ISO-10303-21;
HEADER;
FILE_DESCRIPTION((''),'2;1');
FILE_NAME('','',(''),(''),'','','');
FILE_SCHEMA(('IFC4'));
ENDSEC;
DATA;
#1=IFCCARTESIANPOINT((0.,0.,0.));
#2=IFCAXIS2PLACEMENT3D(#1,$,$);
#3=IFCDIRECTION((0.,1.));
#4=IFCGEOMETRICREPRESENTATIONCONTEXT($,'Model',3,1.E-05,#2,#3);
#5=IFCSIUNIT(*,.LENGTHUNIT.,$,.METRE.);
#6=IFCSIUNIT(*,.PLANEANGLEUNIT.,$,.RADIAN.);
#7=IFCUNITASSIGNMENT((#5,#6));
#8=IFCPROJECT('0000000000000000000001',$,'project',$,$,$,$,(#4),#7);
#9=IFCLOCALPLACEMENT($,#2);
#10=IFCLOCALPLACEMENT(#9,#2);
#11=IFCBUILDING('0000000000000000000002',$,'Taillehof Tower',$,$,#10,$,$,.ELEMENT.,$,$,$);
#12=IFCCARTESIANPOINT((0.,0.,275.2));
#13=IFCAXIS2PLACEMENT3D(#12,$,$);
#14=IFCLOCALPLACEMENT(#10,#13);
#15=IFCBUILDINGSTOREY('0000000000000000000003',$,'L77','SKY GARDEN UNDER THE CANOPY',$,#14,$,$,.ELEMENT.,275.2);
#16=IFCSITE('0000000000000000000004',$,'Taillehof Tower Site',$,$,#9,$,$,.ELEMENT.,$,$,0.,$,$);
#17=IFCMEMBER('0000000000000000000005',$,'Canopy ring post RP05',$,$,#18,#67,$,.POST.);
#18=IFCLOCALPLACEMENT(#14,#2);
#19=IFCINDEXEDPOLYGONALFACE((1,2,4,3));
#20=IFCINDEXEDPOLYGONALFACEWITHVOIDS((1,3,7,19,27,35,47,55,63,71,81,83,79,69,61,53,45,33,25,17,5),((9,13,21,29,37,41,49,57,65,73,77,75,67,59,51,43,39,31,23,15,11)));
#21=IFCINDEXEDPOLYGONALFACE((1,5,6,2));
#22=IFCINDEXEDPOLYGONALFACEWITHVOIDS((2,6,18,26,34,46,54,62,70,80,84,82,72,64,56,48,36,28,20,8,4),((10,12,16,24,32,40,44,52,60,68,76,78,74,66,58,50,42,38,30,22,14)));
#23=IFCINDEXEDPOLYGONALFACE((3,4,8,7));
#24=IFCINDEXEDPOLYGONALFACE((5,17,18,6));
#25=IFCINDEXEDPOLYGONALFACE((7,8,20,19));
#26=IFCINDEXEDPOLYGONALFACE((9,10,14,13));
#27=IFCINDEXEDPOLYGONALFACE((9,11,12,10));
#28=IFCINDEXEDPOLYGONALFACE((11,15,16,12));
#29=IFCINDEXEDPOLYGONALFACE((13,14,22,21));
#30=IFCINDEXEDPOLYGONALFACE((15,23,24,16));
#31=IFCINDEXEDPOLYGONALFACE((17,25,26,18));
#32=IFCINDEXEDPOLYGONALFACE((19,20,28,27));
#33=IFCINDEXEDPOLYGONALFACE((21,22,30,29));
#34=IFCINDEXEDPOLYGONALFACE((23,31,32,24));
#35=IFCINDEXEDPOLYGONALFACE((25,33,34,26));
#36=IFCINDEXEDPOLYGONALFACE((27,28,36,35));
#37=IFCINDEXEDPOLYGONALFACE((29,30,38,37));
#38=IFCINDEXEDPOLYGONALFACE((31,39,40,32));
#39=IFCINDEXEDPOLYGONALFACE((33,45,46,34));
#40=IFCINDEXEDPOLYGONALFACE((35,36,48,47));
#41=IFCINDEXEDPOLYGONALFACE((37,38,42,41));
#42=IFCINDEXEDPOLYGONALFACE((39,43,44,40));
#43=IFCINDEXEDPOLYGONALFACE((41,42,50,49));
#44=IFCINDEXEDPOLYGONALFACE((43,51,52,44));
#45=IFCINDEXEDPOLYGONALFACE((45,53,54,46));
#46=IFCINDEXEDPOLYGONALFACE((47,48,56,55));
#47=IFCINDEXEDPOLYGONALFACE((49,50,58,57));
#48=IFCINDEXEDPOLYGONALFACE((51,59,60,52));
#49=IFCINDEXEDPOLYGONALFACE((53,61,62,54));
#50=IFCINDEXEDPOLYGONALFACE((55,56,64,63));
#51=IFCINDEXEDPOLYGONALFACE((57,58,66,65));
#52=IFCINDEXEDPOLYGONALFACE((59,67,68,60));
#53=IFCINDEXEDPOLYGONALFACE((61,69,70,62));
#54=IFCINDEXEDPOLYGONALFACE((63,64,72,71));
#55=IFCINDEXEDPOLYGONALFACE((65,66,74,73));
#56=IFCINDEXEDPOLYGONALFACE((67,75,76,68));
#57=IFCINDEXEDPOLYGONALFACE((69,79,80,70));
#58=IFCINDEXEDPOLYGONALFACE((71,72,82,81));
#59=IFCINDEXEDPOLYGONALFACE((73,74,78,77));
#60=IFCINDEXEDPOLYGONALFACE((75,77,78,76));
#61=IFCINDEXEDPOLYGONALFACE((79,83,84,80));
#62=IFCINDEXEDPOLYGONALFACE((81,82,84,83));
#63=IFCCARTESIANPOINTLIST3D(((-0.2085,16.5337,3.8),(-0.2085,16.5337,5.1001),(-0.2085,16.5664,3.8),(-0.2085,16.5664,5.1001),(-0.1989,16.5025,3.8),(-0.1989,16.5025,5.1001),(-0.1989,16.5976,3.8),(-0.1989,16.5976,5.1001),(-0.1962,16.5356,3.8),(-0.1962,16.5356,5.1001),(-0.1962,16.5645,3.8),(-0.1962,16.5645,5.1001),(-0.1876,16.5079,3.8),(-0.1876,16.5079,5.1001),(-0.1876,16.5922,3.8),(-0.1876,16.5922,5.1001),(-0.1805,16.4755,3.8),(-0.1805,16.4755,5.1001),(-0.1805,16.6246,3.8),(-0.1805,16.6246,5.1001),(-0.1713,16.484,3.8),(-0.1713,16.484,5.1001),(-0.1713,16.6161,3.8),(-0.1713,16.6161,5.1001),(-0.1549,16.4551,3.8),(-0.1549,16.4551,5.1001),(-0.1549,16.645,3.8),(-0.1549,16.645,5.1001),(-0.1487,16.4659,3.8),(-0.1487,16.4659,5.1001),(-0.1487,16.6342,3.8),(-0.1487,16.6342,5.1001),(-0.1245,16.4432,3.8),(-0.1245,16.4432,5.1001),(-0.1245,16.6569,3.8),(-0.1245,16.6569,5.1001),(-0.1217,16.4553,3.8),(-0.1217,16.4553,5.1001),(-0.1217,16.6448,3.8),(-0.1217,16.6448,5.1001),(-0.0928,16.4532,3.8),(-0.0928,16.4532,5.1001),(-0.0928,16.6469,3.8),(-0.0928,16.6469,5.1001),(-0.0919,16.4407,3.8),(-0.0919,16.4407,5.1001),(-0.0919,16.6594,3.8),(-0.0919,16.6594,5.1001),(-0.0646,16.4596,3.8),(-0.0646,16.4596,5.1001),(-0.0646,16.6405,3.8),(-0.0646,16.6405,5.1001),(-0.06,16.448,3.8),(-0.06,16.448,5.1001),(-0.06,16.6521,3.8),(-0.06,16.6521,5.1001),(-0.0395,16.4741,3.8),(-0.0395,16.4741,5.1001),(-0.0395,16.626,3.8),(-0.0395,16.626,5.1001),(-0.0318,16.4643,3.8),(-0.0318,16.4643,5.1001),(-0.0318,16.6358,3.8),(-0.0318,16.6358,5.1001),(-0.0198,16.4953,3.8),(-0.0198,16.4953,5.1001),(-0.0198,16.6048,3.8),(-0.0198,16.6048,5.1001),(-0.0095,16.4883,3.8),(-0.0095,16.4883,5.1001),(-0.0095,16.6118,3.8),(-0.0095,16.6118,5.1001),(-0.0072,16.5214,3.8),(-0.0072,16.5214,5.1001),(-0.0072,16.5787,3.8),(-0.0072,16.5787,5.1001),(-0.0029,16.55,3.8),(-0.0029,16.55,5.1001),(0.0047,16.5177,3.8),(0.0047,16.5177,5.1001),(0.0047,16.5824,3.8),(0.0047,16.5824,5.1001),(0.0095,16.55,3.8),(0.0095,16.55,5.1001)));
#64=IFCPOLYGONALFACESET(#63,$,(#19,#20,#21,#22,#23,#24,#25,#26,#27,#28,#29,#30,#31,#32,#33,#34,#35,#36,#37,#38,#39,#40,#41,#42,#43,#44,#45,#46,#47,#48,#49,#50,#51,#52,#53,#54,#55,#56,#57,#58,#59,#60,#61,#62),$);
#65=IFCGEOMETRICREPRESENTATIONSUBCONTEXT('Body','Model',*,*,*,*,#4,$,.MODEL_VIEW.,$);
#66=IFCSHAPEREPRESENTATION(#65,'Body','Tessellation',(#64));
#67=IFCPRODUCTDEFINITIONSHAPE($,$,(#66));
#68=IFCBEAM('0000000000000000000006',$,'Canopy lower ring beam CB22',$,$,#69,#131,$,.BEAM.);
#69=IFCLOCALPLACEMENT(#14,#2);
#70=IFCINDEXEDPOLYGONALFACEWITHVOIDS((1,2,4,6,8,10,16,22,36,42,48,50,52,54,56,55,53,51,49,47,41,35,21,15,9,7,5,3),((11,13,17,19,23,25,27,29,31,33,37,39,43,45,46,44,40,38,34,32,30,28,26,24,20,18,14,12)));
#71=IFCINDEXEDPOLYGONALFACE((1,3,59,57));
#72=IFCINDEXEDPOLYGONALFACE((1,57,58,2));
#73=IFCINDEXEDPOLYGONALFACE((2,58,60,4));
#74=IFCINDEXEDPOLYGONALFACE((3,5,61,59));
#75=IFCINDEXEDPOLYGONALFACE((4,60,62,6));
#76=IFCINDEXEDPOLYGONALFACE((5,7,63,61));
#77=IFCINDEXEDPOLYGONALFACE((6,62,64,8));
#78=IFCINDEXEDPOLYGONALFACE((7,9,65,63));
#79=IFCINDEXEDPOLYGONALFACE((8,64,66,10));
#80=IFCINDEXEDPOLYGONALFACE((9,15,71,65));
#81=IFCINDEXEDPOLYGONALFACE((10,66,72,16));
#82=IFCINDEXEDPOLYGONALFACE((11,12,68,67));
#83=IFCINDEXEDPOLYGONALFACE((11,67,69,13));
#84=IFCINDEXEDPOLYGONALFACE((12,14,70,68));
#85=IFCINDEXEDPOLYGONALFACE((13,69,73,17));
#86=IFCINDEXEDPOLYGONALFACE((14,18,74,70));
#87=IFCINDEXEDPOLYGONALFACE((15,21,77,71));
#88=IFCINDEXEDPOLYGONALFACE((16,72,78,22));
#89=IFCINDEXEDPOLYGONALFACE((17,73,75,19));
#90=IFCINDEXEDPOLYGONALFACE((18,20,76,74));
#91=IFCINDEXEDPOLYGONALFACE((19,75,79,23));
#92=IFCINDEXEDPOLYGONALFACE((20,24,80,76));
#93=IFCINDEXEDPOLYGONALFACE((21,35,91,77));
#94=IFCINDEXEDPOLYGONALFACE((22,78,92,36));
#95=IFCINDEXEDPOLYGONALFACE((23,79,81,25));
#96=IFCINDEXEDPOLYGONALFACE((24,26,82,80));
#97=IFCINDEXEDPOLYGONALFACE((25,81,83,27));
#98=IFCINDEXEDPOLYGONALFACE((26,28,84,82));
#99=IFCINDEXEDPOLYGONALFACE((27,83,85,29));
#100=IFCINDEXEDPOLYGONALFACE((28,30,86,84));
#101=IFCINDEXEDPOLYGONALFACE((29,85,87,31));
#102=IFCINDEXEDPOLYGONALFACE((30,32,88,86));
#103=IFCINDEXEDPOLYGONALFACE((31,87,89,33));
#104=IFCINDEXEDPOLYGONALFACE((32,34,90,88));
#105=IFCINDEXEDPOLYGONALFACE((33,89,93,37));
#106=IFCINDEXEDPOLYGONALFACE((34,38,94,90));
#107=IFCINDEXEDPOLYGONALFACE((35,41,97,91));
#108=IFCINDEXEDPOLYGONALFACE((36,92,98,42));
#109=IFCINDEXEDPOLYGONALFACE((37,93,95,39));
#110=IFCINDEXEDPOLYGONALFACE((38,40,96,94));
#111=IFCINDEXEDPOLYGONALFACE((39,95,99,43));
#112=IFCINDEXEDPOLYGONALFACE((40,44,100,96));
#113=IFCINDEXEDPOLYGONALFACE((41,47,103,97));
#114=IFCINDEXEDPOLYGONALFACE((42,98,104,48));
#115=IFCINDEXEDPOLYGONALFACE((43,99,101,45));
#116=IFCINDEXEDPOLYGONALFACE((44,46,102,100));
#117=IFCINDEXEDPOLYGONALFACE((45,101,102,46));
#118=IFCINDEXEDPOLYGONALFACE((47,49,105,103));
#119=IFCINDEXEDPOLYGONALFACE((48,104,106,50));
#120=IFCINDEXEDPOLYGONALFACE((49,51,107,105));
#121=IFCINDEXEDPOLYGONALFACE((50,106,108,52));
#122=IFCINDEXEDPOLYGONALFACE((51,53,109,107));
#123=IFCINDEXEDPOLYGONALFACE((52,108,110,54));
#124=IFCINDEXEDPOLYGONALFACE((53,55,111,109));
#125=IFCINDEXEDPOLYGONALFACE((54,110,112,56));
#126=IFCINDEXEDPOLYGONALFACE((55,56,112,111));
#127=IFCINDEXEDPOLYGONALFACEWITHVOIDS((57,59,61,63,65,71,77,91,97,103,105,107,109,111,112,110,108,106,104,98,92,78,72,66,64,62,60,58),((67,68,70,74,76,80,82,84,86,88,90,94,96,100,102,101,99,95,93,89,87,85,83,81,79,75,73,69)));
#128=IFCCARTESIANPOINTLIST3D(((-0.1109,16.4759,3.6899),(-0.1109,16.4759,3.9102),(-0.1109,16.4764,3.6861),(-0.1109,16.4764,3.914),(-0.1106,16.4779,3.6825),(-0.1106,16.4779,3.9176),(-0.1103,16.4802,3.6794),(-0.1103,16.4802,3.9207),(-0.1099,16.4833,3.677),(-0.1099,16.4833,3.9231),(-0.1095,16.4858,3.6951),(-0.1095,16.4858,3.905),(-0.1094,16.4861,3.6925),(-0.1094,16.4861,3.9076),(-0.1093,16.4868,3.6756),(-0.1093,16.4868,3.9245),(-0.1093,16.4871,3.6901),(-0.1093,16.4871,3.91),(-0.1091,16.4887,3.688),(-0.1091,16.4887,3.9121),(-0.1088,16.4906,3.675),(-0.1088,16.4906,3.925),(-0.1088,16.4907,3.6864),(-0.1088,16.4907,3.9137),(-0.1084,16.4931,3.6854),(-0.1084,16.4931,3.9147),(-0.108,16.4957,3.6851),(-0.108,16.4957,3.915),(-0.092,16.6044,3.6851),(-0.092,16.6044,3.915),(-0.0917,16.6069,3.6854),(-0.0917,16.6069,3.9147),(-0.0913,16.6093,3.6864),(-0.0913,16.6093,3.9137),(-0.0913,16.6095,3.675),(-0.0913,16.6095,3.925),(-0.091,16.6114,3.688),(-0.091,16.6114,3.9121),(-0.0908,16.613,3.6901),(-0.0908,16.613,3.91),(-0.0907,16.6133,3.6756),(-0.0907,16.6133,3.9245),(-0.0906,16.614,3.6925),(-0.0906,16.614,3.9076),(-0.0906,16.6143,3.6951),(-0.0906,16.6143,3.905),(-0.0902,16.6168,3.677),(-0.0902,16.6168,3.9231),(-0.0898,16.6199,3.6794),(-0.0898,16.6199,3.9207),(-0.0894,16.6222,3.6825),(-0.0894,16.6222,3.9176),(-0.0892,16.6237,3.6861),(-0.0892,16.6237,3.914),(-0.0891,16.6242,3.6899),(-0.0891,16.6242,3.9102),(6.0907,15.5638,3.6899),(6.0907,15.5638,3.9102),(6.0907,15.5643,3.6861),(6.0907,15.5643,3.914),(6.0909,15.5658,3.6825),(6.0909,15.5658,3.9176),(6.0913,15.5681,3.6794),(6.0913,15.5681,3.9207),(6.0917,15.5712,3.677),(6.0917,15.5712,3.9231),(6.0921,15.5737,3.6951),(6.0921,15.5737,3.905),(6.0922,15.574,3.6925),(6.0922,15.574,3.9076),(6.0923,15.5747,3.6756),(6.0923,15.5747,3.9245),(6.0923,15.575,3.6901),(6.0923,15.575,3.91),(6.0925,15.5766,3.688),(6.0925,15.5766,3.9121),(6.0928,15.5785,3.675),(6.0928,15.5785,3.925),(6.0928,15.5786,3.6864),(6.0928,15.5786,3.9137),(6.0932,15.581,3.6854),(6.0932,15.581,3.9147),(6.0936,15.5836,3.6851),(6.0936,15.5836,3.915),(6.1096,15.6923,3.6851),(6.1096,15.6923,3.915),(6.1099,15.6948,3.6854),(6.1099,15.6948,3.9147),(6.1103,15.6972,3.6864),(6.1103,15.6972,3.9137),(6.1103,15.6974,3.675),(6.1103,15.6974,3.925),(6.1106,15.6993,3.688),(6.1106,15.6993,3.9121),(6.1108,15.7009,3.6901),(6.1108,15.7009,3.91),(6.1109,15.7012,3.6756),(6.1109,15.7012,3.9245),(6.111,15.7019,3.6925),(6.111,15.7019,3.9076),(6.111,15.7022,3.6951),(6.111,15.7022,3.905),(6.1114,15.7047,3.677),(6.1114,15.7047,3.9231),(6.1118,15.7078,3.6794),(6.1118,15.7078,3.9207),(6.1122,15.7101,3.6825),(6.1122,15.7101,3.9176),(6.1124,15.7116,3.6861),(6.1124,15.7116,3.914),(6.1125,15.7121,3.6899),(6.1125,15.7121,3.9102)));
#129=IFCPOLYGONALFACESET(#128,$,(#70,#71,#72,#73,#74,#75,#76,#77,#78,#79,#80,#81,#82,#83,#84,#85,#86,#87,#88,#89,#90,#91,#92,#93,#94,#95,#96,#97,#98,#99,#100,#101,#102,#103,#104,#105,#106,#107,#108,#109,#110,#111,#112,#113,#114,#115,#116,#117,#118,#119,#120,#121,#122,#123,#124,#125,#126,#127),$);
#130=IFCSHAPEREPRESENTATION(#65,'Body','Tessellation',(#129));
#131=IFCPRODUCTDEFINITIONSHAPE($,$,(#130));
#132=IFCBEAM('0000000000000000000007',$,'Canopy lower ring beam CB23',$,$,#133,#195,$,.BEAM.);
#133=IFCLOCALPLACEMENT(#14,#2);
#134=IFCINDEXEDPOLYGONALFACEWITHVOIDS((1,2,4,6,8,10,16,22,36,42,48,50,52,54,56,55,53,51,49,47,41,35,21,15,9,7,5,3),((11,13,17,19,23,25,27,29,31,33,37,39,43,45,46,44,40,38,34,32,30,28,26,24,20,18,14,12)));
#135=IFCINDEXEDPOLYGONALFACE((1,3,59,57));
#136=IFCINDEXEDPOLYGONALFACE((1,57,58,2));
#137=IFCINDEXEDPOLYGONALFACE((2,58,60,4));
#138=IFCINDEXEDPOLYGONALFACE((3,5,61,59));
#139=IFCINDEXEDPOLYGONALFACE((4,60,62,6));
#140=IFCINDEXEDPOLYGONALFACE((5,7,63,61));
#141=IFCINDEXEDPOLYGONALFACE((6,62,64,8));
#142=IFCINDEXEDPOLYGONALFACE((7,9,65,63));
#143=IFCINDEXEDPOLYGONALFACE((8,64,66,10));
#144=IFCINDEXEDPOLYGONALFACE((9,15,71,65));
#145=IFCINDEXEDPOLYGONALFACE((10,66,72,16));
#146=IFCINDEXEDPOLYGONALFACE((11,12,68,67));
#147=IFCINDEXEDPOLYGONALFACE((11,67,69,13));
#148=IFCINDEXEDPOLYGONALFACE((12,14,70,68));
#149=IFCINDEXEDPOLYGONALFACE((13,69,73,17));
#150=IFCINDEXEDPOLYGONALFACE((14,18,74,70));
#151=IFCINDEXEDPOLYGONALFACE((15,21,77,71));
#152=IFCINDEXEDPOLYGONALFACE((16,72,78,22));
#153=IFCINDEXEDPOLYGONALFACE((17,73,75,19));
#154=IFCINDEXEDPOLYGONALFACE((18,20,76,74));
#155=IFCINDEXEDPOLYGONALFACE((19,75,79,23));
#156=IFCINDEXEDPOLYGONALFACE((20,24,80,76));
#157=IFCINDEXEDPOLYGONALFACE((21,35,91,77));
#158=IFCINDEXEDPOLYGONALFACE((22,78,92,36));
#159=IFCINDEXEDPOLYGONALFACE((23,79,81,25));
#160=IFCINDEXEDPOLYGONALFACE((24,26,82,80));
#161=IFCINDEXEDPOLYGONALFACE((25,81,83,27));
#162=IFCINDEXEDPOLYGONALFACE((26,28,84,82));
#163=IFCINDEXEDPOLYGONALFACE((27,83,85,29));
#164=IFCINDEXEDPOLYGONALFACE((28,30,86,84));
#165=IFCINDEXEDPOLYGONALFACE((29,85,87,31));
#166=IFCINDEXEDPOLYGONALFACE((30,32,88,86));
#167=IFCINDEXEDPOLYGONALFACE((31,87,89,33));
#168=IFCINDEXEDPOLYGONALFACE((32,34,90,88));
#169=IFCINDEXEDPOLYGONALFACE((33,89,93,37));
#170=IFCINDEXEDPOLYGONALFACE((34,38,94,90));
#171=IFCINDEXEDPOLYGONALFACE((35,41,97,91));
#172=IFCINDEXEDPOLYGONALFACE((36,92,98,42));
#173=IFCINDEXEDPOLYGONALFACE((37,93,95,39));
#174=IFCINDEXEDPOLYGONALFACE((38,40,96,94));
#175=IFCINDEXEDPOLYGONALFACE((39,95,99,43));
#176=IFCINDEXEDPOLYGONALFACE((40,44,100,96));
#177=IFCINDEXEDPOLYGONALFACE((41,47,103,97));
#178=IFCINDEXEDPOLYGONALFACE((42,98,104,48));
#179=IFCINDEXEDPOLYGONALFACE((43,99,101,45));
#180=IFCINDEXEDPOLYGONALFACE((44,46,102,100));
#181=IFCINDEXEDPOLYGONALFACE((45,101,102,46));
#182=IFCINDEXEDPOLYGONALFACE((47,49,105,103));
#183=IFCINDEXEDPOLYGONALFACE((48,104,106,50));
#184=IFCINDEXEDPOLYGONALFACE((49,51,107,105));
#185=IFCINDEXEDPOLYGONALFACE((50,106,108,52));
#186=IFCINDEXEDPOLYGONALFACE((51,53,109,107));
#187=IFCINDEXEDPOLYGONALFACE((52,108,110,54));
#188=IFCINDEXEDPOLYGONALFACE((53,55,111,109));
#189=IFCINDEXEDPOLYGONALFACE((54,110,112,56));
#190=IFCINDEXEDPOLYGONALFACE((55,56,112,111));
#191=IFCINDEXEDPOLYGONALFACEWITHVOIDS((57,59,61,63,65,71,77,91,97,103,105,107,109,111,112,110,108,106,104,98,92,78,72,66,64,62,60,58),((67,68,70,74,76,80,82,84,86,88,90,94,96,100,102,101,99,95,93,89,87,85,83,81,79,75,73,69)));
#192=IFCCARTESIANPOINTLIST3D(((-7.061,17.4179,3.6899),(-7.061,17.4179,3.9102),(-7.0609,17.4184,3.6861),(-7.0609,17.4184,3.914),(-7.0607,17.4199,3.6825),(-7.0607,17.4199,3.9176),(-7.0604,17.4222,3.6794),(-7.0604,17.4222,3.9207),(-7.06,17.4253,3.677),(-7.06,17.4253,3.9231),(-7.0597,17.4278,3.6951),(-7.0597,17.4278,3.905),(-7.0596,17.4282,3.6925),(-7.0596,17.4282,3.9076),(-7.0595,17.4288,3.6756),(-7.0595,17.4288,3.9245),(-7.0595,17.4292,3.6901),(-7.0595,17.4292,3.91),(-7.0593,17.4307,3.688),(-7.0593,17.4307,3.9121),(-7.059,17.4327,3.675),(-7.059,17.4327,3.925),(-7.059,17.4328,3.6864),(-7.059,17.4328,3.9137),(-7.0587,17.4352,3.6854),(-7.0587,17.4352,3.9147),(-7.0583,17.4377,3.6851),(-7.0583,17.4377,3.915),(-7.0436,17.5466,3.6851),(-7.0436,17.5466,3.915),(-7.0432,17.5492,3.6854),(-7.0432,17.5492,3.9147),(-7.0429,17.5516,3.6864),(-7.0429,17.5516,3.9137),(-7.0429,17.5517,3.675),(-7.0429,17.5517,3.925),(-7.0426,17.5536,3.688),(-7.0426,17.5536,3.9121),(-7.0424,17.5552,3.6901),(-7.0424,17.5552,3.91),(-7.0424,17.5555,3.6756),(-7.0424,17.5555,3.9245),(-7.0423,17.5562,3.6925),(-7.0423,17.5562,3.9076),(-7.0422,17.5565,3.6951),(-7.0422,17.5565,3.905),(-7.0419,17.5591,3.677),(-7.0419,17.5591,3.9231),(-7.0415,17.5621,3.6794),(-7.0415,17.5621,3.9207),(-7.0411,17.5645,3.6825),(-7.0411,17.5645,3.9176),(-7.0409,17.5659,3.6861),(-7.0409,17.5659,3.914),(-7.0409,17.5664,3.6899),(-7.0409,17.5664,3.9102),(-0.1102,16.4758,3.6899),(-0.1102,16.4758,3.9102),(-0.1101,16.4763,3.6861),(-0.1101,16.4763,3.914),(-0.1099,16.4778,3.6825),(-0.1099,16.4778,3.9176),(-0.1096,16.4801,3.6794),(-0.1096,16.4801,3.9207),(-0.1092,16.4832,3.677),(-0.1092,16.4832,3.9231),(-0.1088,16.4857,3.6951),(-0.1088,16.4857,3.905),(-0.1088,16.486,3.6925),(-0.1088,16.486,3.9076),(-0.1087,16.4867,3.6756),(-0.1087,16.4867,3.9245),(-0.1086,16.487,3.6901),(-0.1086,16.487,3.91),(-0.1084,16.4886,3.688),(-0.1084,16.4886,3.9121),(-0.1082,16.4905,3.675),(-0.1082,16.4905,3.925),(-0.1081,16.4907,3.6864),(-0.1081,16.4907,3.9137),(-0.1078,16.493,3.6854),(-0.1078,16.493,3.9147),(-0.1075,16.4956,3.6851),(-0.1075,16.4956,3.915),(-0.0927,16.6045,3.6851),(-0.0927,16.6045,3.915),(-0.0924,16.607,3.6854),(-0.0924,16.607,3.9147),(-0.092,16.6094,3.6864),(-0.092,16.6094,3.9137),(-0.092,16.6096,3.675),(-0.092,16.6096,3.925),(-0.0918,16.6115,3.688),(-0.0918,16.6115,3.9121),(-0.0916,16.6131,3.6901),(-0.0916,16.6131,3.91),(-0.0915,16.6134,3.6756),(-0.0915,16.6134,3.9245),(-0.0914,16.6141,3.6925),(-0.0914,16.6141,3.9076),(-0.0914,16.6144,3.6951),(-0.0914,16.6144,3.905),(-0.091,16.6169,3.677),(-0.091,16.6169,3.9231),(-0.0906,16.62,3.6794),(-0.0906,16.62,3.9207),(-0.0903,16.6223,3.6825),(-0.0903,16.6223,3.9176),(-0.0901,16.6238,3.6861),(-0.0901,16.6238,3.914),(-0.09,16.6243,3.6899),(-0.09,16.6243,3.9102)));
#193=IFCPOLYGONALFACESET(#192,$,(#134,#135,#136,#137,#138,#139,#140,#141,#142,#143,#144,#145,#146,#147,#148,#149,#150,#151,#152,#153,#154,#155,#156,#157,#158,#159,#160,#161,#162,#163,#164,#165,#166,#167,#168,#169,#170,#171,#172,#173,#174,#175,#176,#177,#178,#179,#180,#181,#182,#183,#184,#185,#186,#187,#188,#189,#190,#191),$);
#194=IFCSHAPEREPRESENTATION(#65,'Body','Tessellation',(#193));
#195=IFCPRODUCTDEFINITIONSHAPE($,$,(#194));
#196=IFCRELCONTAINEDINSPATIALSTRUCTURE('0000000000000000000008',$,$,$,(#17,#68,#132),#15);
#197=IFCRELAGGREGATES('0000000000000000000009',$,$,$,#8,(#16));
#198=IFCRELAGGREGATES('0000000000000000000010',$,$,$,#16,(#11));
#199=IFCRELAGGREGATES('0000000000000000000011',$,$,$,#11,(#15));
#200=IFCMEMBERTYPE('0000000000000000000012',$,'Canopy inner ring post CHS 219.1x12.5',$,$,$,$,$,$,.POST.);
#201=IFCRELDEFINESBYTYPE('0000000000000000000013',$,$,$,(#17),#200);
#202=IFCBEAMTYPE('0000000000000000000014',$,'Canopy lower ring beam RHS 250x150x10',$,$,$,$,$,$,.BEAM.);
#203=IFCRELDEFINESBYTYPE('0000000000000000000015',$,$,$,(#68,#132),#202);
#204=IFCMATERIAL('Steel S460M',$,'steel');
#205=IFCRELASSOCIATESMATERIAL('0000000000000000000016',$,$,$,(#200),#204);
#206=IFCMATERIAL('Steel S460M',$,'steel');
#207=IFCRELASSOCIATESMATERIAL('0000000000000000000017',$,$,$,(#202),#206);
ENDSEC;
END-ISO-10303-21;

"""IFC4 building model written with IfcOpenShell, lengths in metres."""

from ifc_helpers import new_model, si_unit, direction, frame, origin, origin_2d, place, context, subcontext, project, spatial, hollow_rectangle, hollow_circle, extrude, material, material_profile, profile_set, type_object, element, save


model = new_model("IFC4")

# Units and contexts
model_context = context("Model", 3, precision=1e-05, world=origin(), true_north=direction((0.0, 1.0)))
body_context = subcontext(model_context, "Body", "Model", "MODEL_VIEW")
ifc_project = project(units=[si_unit("LENGTHUNIT", "METRE"), si_unit("PLANEANGLEUNIT", "RADIAN")], contexts=[model_context])

# Site, building, storey
site_placement = place(None, origin())
site = spatial("IfcSite", under=ifc_project, at=site_placement, Name="Taillehof Tower Site", CompositionType="ELEMENT", RefElevation=0.0)
building_placement = place(site_placement, origin())
building = spatial("IfcBuilding", under=site, at=building_placement, Name="Taillehof Tower", CompositionType="ELEMENT")
storey_placement = place(building_placement, frame((0.0, 0.0, 275.2)))
storey = spatial("IfcBuildingStorey", under=building, at=storey_placement, Name="L77", Description="SKY GARDEN UNDER THE CANOPY", CompositionType="ELEMENT", Elevation=275.2)

# Member
ifc_material_1 = material(Name="Steel S460M", Category="steel")
ifc_material_profile_1 = material_profile(ifc_material_1, hollow_circle(Radius=0.1096, WallThickness=0.0125, at=origin_2d()), Name="CHS 219.1x12.5")
ifc_profile_set_1 = profile_set([ifc_material_profile_1], Name="Steel S460M")
member_type_1 = type_object("IfcMemberType", Name="Canopy inner ring post CHS 219.1x12.5", PredefinedType="POST", material=ifc_profile_set_1)
for number, where, z_axis, x_axis, name in (
    (1, (-0.1001, 16.55, 3.8), (0.0, 0.0, 1.0), (1.0, 0.0, 0.0), "Canopy ring post RP05"),
):
    element("IfcMember", number, at=place(storey_placement, frame(where, z_axis=z_axis, x_axis=x_axis)), inside=storey, type_object=member_type_1, Name=name, PredefinedType="POST", context=body_context, shape_type="SweptSolid", body=[
        extrude(hollow_circle(Radius=0.1096, WallThickness=0.0125, at=origin_2d()), origin(), (0.0, 0.0, 1.0), 1.3),
    ])

# Beams
ifc_material_2 = material(Name="Steel S460M", Category="steel")
ifc_material_profile_2 = material_profile(ifc_material_2, hollow_rectangle(XDim=0.1499, YDim=0.25, WallThickness=0.01, InnerFilletRadius=0.01, OuterFilletRadius=0.0149, at=origin_2d()), Name="RHS 250x150x10")
ifc_profile_set_2 = profile_set([ifc_material_profile_2], Name="Steel S460M")
beam_type_1 = type_object("IfcBeamType", Name="Canopy lower ring beam RHS 250x150x10", PredefinedType="BEAM", material=ifc_profile_set_2)
beam_1_placement = place(storey_placement, frame((6.1016, 15.6379, 3.8), z_axis=(-0.989357, 0.14551, 0.0), x_axis=(-0.14551, -0.989357, 0.0)))
element("IfcBeam", 2, at=beam_1_placement, inside=storey, type_object=beam_type_1, Name="Canopy lower ring beam CB22", PredefinedType="BEAM", context=body_context, shape_type="SweptSolid", body=[
    extrude(hollow_rectangle(XDim=0.1499, YDim=0.25, WallThickness=0.01, InnerFilletRadius=0.01, OuterFilletRadius=0.0149, at=origin_2d()), origin(), (0.0, 0.0, 1.0), 6.2683),
])
beam_2_placement = place(storey_placement, frame((-0.1001, 16.55, 3.8), z_axis=(-0.990939, 0.134313, 0.0), x_axis=(-0.134313, -0.990939, 0.0)))
element("IfcBeam", 3, at=beam_2_placement, inside=storey, type_object=beam_type_1, Name="Canopy lower ring beam CB23", PredefinedType="BEAM", context=body_context, shape_type="SweptSolid", body=[
    extrude(hollow_rectangle(XDim=0.1499, YDim=0.25, WallThickness=0.01, InnerFilletRadius=0.01, OuterFilletRadius=0.0149, at=origin_2d()), origin(), (0.0, 0.0, 1.0), 7.0144),
])

save(model, "model.ifc")
